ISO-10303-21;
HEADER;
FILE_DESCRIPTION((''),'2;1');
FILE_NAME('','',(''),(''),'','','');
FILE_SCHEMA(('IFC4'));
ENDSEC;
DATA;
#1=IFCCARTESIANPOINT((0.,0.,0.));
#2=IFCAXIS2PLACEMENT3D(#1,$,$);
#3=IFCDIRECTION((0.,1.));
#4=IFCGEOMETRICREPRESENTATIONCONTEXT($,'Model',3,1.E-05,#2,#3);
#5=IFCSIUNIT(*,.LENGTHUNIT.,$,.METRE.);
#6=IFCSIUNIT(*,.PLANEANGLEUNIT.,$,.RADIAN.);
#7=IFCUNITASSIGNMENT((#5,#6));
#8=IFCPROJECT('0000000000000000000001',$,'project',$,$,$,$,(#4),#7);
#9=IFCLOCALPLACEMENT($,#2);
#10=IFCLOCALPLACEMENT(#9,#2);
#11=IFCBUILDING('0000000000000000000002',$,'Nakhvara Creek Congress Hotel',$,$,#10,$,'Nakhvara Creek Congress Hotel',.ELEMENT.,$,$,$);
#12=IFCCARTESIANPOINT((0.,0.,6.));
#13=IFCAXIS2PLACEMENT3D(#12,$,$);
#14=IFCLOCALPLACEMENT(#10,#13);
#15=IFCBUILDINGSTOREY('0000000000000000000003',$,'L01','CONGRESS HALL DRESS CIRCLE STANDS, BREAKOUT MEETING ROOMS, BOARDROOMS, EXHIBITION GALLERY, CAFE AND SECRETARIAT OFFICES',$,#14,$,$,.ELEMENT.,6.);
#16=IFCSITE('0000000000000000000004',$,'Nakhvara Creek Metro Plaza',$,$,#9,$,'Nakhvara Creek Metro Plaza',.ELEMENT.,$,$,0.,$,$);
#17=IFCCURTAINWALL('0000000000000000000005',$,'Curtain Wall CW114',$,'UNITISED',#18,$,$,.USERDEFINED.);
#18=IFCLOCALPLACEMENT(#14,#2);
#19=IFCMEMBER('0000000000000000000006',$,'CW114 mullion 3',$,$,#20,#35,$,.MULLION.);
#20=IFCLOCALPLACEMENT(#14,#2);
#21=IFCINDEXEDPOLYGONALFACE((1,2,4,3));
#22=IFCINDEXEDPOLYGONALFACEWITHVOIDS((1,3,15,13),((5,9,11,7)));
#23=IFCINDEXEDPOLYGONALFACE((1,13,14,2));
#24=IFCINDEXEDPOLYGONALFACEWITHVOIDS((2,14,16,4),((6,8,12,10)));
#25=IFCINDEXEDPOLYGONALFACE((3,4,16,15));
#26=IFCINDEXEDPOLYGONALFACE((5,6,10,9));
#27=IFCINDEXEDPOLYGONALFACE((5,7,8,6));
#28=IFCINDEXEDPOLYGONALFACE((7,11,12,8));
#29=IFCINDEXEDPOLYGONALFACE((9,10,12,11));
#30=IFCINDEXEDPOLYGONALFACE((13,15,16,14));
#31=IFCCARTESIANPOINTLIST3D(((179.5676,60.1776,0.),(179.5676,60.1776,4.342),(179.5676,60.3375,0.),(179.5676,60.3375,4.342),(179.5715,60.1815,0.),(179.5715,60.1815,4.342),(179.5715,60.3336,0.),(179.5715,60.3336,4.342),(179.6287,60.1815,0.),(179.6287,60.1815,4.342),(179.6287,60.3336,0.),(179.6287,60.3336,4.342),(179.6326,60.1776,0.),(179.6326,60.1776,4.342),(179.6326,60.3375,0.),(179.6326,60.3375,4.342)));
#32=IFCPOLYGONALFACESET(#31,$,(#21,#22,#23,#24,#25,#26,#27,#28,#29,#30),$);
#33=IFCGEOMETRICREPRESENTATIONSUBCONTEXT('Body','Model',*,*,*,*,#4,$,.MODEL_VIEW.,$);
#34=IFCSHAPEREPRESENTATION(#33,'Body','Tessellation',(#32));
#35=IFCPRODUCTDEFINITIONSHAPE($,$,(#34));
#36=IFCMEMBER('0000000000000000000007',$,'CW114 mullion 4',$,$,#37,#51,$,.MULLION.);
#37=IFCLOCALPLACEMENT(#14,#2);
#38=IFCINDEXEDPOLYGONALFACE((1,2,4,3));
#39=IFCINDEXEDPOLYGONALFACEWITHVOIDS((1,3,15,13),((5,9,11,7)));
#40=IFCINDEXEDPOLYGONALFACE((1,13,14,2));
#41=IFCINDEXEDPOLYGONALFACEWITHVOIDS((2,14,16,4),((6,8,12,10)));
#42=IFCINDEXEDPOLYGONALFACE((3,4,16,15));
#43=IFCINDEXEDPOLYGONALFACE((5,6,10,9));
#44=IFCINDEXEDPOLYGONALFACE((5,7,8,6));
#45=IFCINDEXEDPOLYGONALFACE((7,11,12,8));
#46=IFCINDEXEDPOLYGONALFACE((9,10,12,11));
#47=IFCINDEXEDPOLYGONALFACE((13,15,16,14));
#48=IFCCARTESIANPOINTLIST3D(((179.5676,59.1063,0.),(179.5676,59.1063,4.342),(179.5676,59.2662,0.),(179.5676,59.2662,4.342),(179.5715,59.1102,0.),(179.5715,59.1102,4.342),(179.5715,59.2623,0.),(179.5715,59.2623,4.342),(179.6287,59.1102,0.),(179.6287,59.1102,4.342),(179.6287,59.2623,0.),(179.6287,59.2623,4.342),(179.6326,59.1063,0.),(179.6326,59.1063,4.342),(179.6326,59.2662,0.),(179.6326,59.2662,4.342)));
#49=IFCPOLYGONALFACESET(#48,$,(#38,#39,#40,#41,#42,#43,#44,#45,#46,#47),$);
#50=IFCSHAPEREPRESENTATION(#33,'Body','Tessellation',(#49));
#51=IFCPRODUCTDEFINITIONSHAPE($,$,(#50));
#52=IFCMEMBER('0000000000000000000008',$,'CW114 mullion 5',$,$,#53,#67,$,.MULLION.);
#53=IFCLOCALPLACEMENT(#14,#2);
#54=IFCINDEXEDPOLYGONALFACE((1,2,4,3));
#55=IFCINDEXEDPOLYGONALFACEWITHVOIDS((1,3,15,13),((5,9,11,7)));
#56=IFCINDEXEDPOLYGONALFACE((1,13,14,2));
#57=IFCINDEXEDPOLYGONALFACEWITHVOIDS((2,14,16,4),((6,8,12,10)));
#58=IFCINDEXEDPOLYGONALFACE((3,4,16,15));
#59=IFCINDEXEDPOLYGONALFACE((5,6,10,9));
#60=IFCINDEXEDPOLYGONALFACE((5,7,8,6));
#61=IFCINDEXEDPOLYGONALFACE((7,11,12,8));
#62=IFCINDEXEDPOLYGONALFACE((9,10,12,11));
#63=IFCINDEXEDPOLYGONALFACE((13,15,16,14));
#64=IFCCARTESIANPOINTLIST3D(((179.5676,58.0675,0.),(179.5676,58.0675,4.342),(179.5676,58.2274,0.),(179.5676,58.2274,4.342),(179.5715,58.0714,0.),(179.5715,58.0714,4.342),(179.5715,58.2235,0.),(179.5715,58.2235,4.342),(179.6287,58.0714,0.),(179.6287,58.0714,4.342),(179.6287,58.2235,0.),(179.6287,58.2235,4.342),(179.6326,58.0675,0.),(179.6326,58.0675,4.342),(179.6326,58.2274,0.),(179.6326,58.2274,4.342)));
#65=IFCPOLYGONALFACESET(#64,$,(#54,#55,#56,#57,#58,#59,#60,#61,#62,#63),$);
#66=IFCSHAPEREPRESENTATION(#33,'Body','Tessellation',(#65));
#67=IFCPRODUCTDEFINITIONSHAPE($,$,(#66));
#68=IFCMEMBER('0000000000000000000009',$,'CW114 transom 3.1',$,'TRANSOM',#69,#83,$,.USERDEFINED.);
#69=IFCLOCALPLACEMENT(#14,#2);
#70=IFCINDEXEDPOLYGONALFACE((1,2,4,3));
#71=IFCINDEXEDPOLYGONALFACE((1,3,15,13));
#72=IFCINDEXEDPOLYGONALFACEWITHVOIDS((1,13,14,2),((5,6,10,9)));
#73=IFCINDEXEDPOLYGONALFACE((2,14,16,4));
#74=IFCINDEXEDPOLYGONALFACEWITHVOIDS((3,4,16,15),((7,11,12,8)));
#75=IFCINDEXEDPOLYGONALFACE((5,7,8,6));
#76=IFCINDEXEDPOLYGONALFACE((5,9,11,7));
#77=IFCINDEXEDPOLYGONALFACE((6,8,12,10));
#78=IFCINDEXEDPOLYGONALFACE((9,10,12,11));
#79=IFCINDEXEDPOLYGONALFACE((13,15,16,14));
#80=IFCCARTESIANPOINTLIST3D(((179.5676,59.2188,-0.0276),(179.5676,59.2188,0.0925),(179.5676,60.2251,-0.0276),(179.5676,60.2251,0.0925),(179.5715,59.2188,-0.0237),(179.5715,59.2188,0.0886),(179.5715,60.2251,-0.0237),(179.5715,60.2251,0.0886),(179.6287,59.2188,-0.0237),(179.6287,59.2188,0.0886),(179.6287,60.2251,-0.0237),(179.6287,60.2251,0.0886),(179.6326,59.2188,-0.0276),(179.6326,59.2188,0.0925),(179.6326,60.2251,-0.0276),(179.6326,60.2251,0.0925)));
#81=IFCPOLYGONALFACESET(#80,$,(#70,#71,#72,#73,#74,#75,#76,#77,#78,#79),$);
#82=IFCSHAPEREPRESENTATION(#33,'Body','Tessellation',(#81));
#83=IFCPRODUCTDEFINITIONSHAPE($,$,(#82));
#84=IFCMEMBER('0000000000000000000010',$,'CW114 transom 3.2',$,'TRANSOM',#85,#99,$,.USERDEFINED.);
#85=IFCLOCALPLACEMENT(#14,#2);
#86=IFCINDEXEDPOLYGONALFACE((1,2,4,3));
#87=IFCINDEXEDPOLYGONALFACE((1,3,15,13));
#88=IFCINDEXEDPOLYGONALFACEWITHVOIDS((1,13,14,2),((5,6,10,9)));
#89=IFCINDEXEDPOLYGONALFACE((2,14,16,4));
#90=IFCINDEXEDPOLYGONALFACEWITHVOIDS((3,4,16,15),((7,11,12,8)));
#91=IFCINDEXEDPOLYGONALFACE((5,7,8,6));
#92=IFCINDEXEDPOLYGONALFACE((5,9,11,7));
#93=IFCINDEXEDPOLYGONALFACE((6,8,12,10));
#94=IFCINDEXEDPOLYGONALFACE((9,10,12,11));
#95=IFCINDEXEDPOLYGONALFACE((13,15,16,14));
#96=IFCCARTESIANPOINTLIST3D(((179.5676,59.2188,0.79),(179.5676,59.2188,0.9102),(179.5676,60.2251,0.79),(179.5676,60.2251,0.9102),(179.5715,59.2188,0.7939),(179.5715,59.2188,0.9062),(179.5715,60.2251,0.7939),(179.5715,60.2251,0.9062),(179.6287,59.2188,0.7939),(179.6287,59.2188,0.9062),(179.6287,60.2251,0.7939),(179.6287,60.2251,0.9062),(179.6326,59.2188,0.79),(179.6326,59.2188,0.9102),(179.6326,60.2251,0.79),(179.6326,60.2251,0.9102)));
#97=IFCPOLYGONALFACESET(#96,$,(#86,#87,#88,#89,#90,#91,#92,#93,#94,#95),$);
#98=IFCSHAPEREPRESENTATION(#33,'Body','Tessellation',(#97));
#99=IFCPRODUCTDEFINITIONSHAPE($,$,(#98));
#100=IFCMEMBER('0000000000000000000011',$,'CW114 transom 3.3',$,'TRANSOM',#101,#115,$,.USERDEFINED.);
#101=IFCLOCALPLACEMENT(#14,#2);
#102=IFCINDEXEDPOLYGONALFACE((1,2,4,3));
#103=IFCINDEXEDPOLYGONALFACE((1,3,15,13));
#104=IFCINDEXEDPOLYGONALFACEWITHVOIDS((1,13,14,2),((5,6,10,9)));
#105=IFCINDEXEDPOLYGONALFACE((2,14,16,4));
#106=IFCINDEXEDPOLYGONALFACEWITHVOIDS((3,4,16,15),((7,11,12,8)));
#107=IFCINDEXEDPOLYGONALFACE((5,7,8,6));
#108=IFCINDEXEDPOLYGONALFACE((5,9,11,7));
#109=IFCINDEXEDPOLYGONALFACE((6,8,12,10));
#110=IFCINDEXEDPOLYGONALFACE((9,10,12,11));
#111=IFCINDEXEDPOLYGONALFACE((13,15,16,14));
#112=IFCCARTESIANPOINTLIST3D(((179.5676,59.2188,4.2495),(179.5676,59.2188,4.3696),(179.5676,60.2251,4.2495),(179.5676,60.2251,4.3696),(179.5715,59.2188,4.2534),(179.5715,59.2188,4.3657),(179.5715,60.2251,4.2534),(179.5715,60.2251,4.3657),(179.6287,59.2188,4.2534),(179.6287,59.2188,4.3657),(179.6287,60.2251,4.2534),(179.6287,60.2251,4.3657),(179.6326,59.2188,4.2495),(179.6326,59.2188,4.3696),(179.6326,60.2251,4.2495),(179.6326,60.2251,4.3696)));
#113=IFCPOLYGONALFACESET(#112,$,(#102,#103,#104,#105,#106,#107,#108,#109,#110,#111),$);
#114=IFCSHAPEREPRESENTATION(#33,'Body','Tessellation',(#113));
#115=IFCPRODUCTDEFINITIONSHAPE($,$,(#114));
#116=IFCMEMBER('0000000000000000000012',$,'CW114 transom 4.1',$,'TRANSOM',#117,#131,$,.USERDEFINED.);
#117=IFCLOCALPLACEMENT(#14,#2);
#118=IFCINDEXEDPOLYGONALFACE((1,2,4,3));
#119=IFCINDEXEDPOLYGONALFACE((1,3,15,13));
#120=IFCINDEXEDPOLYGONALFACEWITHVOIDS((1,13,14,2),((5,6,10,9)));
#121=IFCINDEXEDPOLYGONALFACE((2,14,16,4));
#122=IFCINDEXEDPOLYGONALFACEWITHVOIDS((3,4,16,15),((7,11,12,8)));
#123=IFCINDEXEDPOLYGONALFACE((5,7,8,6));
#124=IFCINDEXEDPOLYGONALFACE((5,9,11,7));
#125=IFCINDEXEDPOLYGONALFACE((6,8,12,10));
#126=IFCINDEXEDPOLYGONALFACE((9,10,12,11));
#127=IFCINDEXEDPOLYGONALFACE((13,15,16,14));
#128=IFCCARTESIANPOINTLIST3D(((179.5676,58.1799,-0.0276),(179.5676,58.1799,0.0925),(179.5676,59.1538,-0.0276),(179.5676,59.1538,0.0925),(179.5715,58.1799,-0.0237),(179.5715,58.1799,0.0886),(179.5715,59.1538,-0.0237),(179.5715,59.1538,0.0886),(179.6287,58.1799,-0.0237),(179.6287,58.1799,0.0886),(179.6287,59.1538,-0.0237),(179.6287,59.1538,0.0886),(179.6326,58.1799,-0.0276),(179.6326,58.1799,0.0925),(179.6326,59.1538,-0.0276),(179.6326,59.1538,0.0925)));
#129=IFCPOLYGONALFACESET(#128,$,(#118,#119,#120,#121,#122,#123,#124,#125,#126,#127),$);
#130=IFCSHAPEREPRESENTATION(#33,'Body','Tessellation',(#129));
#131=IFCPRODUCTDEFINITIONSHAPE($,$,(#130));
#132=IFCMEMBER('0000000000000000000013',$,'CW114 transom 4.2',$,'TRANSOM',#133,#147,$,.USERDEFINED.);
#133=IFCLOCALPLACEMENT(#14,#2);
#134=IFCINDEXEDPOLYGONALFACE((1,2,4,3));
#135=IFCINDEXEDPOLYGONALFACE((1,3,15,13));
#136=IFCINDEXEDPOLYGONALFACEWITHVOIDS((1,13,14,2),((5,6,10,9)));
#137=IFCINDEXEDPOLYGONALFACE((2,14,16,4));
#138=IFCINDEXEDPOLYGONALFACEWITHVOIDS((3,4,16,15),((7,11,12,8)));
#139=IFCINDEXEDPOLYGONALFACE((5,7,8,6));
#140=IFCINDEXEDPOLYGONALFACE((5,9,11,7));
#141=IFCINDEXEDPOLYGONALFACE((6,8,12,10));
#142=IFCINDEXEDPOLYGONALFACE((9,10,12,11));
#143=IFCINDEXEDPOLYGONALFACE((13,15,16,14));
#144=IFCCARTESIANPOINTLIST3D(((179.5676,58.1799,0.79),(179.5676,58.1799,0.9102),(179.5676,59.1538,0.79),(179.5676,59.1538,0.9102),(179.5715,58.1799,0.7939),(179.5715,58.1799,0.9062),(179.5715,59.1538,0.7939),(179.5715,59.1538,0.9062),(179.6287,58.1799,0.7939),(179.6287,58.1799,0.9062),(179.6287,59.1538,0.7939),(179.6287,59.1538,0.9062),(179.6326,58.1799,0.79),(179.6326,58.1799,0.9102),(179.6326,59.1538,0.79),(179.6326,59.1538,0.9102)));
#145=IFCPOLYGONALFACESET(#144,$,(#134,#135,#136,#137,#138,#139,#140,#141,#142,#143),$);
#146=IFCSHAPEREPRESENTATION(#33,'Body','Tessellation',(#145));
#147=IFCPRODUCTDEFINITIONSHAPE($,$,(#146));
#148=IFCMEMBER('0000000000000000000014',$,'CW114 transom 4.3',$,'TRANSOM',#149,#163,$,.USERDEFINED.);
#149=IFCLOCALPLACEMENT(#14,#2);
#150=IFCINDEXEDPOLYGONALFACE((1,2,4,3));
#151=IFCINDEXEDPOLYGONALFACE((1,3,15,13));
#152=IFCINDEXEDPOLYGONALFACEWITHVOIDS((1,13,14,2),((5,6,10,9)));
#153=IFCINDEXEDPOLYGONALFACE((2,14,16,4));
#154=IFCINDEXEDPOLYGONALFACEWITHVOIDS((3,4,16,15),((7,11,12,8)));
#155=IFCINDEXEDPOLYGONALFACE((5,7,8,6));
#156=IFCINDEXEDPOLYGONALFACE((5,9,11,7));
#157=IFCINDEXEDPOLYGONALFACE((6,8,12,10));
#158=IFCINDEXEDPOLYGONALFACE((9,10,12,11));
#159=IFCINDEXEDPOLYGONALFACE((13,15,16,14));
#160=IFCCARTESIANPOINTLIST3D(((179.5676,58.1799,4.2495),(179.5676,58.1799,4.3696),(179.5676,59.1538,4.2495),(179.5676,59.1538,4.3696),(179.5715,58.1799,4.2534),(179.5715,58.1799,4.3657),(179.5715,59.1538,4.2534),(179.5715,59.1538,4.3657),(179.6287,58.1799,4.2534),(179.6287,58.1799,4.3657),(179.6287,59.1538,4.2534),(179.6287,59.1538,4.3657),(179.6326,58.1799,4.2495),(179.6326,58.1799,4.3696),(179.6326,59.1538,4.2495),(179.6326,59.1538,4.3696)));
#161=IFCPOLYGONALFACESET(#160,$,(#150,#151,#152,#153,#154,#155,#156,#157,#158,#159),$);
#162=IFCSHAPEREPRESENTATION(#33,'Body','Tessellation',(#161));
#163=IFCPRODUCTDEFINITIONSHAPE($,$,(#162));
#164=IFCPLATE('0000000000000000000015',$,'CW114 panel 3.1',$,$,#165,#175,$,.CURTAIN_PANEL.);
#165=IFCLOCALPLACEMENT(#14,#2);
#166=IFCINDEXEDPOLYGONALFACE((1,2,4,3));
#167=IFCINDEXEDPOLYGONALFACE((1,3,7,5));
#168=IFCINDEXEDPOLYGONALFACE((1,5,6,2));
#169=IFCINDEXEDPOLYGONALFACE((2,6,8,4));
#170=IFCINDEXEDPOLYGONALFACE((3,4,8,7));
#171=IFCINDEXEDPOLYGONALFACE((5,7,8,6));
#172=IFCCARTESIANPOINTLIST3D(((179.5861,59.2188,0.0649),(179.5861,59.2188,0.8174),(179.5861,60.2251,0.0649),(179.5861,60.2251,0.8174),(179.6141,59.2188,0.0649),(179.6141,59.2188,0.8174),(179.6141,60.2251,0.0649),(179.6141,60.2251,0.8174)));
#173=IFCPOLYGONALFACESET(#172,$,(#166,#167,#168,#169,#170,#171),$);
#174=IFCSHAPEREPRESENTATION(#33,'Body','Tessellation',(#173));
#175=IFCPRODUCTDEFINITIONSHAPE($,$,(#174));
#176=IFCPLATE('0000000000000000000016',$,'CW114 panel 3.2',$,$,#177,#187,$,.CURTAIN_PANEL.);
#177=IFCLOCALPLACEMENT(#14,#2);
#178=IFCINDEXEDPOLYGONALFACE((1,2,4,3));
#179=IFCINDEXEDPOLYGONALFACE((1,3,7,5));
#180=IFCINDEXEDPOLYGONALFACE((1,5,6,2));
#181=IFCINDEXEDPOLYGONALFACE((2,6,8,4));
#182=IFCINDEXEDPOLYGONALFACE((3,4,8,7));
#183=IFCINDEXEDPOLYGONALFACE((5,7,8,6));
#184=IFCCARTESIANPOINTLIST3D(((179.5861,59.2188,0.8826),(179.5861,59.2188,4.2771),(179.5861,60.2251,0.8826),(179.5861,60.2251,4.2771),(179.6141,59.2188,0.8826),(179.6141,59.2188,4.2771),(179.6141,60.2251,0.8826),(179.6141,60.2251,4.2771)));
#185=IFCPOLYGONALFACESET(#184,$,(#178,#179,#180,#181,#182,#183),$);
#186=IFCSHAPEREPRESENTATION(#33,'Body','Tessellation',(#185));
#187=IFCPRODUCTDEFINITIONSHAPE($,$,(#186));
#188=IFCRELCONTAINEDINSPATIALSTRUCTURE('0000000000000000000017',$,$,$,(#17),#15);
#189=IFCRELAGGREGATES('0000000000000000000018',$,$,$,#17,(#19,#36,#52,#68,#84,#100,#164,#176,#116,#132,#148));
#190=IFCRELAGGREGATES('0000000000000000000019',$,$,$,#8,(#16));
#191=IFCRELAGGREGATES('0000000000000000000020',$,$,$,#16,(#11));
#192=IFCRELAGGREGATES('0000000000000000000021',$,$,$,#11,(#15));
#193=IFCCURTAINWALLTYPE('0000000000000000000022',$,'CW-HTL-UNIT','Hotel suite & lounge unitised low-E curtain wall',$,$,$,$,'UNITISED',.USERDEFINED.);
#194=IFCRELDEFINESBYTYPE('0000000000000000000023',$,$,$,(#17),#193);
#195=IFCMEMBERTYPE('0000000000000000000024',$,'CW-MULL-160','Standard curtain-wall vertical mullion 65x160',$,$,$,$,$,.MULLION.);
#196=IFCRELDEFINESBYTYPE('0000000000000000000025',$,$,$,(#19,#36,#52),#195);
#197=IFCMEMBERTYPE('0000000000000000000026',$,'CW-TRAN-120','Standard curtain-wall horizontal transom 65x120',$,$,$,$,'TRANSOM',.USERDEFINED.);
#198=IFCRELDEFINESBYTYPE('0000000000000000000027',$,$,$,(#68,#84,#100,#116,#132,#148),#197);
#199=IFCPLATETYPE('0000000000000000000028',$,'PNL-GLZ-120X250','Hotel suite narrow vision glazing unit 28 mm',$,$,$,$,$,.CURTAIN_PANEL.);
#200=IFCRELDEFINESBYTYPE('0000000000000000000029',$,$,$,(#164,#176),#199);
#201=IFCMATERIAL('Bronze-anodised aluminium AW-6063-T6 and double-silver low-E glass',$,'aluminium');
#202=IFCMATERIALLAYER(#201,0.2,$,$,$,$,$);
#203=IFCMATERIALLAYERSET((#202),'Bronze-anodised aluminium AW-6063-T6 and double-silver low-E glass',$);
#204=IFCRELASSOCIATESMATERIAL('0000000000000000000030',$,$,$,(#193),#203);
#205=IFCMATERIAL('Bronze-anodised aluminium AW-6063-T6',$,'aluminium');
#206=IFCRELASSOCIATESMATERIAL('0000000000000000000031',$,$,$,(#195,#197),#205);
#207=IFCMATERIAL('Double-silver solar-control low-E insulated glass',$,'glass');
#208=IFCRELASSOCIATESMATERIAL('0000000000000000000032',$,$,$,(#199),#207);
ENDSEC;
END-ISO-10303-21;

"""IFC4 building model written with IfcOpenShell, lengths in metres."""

from ifc_helpers import new_model, si_unit, direction, frame, origin, origin_2d, place, context, subcontext, project, spatial, rectangle, hollow_rectangle, extrude, material, layer, layer_set, material_profile, profile_set, type_object, element, aggregate, save


model = new_model("IFC4")

# Units and contexts
model_context = context("Model", 3, precision=1e-05, world=origin(), true_north=direction((0.0, 1.0)))
body_context = subcontext(model_context, "Body", "Model", "MODEL_VIEW")
ifc_project = project(units=[si_unit("LENGTHUNIT", "METRE"), si_unit("PLANEANGLEUNIT", "RADIAN")], contexts=[model_context])

# Site, building, storey
site_placement = place(None, origin())
site = spatial("IfcSite", under=ifc_project, at=site_placement, Name="Nakhvara Creek Metro Plaza", LongName="Nakhvara Creek Metro Plaza", CompositionType="ELEMENT", RefElevation=0.0)
building_placement = place(site_placement, origin())
building = spatial("IfcBuilding", under=site, at=building_placement, Name="Nakhvara Creek Congress Hotel", LongName="Nakhvara Creek Congress Hotel", CompositionType="ELEMENT")
storey_placement = place(building_placement, frame((0.0, 0.0, 6.0)))
storey = spatial("IfcBuildingStorey", under=building, at=storey_placement, Name="L01", Description="CONGRESS HALL DRESS CIRCLE STANDS, BREAKOUT MEETING ROOMS, BOARDROOMS, EXHIBITION GALLERY, CAFE AND SECRETARIAT OFFICES", CompositionType="ELEMENT", Elevation=6.0)

# Curtain wall, members, plates
ifc_material_1 = material(Name="Bronze-anodised aluminium AW-6063-T6 and double-silver low-E glass", Category="aluminium")
ifc_layer_1 = layer(ifc_material_1, 0.2)
ifc_layer_set_1 = layer_set([ifc_layer_1], Name="Bronze-anodised aluminium AW-6063-T6 and double-silver low-E glass")
curtain_wall_type = type_object("IfcCurtainWallType", Name="CW-HTL-UNIT", Description="Hotel suite & lounge unitised low-E curtain wall", ElementType="UNITISED", PredefinedType="USERDEFINED", material=ifc_layer_set_1)
curtain_wall_placement = place(storey_placement, origin())
curtain_wall = element("IfcCurtainWall", 1, at=curtain_wall_placement, inside=storey, type_object=curtain_wall_type, Name="Curtain Wall CW114", ObjectType="UNITISED", PredefinedType="USERDEFINED")
ifc_material_2 = material(Name="Bronze-anodised aluminium AW-6063-T6", Category="aluminium")
ifc_material_profile_1 = material_profile(ifc_material_2, hollow_rectangle(XDim=0.0649, YDim=0.1599, WallThickness=0.0039, at=origin_2d()), Name="ALU-MULL 65x160x4", Category="LoadBearing")
ifc_profile_set_1 = profile_set([ifc_material_profile_1], Name="Bronze-anodised aluminium AW-6063-T6")
member_type_1 = type_object("IfcMemberType", Name="CW-MULL-160", Description="Standard curtain-wall vertical mullion 65x160", PredefinedType="MULLION", material=ifc_profile_set_1)
member_1_placement = place(storey_placement, frame((179.6001, 60.2576, 0.0), z_axis=(0.0, 0.0, 1.0), x_axis=(1.0, 0.0, 0.0)))
member_1 = element("IfcMember", 2, at=member_1_placement, type_object=member_type_1, Name="CW114 mullion 3", PredefinedType="MULLION", context=body_context, shape_type="SweptSolid", body=[
    extrude(hollow_rectangle(XDim=0.0649, YDim=0.1599, WallThickness=0.0039, at=origin_2d()), origin(), (0.0, 0.0, 1.0), 4.342),
])
member_2_placement = place(storey_placement, frame((179.6001, 59.1863, 0.0), z_axis=(0.0, 0.0, 1.0), x_axis=(1.0, 0.0, 0.0)))
member_2 = element("IfcMember", 3, at=member_2_placement, type_object=member_type_1, Name="CW114 mullion 4", PredefinedType="MULLION", context=body_context, shape_type="SweptSolid", body=[
    extrude(hollow_rectangle(XDim=0.0649, YDim=0.1599, WallThickness=0.0039, at=origin_2d()), origin(), (0.0, 0.0, 1.0), 4.342),
])
member_3_placement = place(storey_placement, frame((179.6001, 58.1475, 0.0), z_axis=(0.0, 0.0, 1.0), x_axis=(1.0, 0.0, 0.0)))
member_3 = element("IfcMember", 4, at=member_3_placement, type_object=member_type_1, Name="CW114 mullion 5", PredefinedType="MULLION", context=body_context, shape_type="SweptSolid", body=[
    extrude(hollow_rectangle(XDim=0.0649, YDim=0.1599, WallThickness=0.0039, at=origin_2d()), origin(), (0.0, 0.0, 1.0), 4.342),
])
ifc_material_profile_2 = material_profile(ifc_material_2, hollow_rectangle(XDim=0.0649, YDim=0.1201, WallThickness=0.0039, at=origin_2d()), Name="ALU-TRAN 65x120x4", Category="LoadBearing")
ifc_profile_set_2 = profile_set([ifc_material_profile_2], Name="Bronze-anodised aluminium AW-6063-T6")
member_type_2 = type_object("IfcMemberType", Name="CW-TRAN-120", Description="Standard curtain-wall horizontal transom 65x120", ElementType="TRANSOM", PredefinedType="USERDEFINED", material=ifc_profile_set_2)
member_4_placement = place(storey_placement, frame((179.6001, 60.2251, 0.0325), z_axis=(0.0, -1.0, 0.0), x_axis=(1.0, 0.0, 0.0)))
member_4 = element("IfcMember", 5, at=member_4_placement, type_object=member_type_2, Name="CW114 transom 3.1", ObjectType="TRANSOM", PredefinedType="USERDEFINED", context=body_context, shape_type="SweptSolid", body=[
    extrude(hollow_rectangle(XDim=0.0649, YDim=0.1201, WallThickness=0.0039, at=origin_2d()), origin(), (0.0, 0.0, 1.0), 1.0063),
])
member_5_placement = place(storey_placement, frame((179.6001, 60.2251, 0.8501), z_axis=(0.0, -1.0, 0.0), x_axis=(1.0, 0.0, 0.0)))
member_5 = element("IfcMember", 6, at=member_5_placement, type_object=member_type_2, Name="CW114 transom 3.2", ObjectType="TRANSOM", PredefinedType="USERDEFINED", context=body_context, shape_type="SweptSolid", body=[
    extrude(hollow_rectangle(XDim=0.0649, YDim=0.1201, WallThickness=0.0039, at=origin_2d()), origin(), (0.0, 0.0, 1.0), 1.0063),
])
member_6_placement = place(storey_placement, frame((179.6001, 60.2251, 4.3096), z_axis=(0.0, -1.0, 0.0), x_axis=(1.0, 0.0, 0.0)))
member_6 = element("IfcMember", 7, at=member_6_placement, type_object=member_type_2, Name="CW114 transom 3.3", ObjectType="TRANSOM", PredefinedType="USERDEFINED", context=body_context, shape_type="SweptSolid", body=[
    extrude(hollow_rectangle(XDim=0.0649, YDim=0.1201, WallThickness=0.0039, at=origin_2d()), origin(), (0.0, 0.0, 1.0), 1.0063),
])
member_7_placement = place(storey_placement, frame((179.6001, 59.1538, 0.0325), z_axis=(0.0, -1.0, 0.0), x_axis=(1.0, 0.0, 0.0)))
member_7 = element("IfcMember", 8, at=member_7_placement, type_object=member_type_2, Name="CW114 transom 4.1", ObjectType="TRANSOM", PredefinedType="USERDEFINED", context=body_context, shape_type="SweptSolid", body=[
    extrude(hollow_rectangle(XDim=0.0649, YDim=0.1201, WallThickness=0.0039, at=origin_2d()), origin(), (0.0, 0.0, 1.0), 0.9739),
])
member_8_placement = place(storey_placement, frame((179.6001, 59.1538, 0.8501), z_axis=(0.0, -1.0, 0.0), x_axis=(1.0, 0.0, 0.0)))
member_8 = element("IfcMember", 9, at=member_8_placement, type_object=member_type_2, Name="CW114 transom 4.2", ObjectType="TRANSOM", PredefinedType="USERDEFINED", context=body_context, shape_type="SweptSolid", body=[
    extrude(hollow_rectangle(XDim=0.0649, YDim=0.1201, WallThickness=0.0039, at=origin_2d()), origin(), (0.0, 0.0, 1.0), 0.9739),
])
member_9_placement = place(storey_placement, frame((179.6001, 59.1538, 4.3096), z_axis=(0.0, -1.0, 0.0), x_axis=(1.0, 0.0, 0.0)))
member_9 = element("IfcMember", 10, at=member_9_placement, type_object=member_type_2, Name="CW114 transom 4.3", ObjectType="TRANSOM", PredefinedType="USERDEFINED", context=body_context, shape_type="SweptSolid", body=[
    extrude(hollow_rectangle(XDim=0.0649, YDim=0.1201, WallThickness=0.0039, at=origin_2d()), origin(), (0.0, 0.0, 1.0), 0.9739),
])
ifc_material_3 = material(Name="Double-silver solar-control low-E insulated glass", Category="glass")
plate_type = type_object("IfcPlateType", Name="PNL-GLZ-120X250", Description="Hotel suite narrow vision glazing unit 28 mm", PredefinedType="CURTAIN_PANEL", material=ifc_material_3)
plate_1_placement = place(storey_placement, frame((179.6001, 59.7219, 0.0649), z_axis=(0.0, 0.0, 1.0), x_axis=(0.0, -1.0, 0.0)))
plate_1 = element("IfcPlate", 11, at=plate_1_placement, type_object=plate_type, Name="CW114 panel 3.1", PredefinedType="CURTAIN_PANEL", context=body_context, shape_type="SweptSolid", body=[
    extrude(rectangle(XDim=1.0063, YDim=0.0281, at=origin_2d()), origin(), (0.0, 0.0, 1.0), 0.7524),
])
plate_2_placement = place(storey_placement, frame((179.6001, 59.7219, 0.8826), z_axis=(0.0, 0.0, 1.0), x_axis=(0.0, -1.0, 0.0)))
plate_2 = element("IfcPlate", 12, at=plate_2_placement, type_object=plate_type, Name="CW114 panel 3.2", PredefinedType="CURTAIN_PANEL", context=body_context, shape_type="SweptSolid", body=[
    extrude(rectangle(XDim=1.0063, YDim=0.0281, at=origin_2d()), origin(), (0.0, 0.0, 1.0), 3.3945),
])
aggregate(curtain_wall, [member_1, member_2, member_3, member_4, member_5, member_6, plate_1, plate_2, member_7, member_8, member_9])

save(model, "model.ifc")
